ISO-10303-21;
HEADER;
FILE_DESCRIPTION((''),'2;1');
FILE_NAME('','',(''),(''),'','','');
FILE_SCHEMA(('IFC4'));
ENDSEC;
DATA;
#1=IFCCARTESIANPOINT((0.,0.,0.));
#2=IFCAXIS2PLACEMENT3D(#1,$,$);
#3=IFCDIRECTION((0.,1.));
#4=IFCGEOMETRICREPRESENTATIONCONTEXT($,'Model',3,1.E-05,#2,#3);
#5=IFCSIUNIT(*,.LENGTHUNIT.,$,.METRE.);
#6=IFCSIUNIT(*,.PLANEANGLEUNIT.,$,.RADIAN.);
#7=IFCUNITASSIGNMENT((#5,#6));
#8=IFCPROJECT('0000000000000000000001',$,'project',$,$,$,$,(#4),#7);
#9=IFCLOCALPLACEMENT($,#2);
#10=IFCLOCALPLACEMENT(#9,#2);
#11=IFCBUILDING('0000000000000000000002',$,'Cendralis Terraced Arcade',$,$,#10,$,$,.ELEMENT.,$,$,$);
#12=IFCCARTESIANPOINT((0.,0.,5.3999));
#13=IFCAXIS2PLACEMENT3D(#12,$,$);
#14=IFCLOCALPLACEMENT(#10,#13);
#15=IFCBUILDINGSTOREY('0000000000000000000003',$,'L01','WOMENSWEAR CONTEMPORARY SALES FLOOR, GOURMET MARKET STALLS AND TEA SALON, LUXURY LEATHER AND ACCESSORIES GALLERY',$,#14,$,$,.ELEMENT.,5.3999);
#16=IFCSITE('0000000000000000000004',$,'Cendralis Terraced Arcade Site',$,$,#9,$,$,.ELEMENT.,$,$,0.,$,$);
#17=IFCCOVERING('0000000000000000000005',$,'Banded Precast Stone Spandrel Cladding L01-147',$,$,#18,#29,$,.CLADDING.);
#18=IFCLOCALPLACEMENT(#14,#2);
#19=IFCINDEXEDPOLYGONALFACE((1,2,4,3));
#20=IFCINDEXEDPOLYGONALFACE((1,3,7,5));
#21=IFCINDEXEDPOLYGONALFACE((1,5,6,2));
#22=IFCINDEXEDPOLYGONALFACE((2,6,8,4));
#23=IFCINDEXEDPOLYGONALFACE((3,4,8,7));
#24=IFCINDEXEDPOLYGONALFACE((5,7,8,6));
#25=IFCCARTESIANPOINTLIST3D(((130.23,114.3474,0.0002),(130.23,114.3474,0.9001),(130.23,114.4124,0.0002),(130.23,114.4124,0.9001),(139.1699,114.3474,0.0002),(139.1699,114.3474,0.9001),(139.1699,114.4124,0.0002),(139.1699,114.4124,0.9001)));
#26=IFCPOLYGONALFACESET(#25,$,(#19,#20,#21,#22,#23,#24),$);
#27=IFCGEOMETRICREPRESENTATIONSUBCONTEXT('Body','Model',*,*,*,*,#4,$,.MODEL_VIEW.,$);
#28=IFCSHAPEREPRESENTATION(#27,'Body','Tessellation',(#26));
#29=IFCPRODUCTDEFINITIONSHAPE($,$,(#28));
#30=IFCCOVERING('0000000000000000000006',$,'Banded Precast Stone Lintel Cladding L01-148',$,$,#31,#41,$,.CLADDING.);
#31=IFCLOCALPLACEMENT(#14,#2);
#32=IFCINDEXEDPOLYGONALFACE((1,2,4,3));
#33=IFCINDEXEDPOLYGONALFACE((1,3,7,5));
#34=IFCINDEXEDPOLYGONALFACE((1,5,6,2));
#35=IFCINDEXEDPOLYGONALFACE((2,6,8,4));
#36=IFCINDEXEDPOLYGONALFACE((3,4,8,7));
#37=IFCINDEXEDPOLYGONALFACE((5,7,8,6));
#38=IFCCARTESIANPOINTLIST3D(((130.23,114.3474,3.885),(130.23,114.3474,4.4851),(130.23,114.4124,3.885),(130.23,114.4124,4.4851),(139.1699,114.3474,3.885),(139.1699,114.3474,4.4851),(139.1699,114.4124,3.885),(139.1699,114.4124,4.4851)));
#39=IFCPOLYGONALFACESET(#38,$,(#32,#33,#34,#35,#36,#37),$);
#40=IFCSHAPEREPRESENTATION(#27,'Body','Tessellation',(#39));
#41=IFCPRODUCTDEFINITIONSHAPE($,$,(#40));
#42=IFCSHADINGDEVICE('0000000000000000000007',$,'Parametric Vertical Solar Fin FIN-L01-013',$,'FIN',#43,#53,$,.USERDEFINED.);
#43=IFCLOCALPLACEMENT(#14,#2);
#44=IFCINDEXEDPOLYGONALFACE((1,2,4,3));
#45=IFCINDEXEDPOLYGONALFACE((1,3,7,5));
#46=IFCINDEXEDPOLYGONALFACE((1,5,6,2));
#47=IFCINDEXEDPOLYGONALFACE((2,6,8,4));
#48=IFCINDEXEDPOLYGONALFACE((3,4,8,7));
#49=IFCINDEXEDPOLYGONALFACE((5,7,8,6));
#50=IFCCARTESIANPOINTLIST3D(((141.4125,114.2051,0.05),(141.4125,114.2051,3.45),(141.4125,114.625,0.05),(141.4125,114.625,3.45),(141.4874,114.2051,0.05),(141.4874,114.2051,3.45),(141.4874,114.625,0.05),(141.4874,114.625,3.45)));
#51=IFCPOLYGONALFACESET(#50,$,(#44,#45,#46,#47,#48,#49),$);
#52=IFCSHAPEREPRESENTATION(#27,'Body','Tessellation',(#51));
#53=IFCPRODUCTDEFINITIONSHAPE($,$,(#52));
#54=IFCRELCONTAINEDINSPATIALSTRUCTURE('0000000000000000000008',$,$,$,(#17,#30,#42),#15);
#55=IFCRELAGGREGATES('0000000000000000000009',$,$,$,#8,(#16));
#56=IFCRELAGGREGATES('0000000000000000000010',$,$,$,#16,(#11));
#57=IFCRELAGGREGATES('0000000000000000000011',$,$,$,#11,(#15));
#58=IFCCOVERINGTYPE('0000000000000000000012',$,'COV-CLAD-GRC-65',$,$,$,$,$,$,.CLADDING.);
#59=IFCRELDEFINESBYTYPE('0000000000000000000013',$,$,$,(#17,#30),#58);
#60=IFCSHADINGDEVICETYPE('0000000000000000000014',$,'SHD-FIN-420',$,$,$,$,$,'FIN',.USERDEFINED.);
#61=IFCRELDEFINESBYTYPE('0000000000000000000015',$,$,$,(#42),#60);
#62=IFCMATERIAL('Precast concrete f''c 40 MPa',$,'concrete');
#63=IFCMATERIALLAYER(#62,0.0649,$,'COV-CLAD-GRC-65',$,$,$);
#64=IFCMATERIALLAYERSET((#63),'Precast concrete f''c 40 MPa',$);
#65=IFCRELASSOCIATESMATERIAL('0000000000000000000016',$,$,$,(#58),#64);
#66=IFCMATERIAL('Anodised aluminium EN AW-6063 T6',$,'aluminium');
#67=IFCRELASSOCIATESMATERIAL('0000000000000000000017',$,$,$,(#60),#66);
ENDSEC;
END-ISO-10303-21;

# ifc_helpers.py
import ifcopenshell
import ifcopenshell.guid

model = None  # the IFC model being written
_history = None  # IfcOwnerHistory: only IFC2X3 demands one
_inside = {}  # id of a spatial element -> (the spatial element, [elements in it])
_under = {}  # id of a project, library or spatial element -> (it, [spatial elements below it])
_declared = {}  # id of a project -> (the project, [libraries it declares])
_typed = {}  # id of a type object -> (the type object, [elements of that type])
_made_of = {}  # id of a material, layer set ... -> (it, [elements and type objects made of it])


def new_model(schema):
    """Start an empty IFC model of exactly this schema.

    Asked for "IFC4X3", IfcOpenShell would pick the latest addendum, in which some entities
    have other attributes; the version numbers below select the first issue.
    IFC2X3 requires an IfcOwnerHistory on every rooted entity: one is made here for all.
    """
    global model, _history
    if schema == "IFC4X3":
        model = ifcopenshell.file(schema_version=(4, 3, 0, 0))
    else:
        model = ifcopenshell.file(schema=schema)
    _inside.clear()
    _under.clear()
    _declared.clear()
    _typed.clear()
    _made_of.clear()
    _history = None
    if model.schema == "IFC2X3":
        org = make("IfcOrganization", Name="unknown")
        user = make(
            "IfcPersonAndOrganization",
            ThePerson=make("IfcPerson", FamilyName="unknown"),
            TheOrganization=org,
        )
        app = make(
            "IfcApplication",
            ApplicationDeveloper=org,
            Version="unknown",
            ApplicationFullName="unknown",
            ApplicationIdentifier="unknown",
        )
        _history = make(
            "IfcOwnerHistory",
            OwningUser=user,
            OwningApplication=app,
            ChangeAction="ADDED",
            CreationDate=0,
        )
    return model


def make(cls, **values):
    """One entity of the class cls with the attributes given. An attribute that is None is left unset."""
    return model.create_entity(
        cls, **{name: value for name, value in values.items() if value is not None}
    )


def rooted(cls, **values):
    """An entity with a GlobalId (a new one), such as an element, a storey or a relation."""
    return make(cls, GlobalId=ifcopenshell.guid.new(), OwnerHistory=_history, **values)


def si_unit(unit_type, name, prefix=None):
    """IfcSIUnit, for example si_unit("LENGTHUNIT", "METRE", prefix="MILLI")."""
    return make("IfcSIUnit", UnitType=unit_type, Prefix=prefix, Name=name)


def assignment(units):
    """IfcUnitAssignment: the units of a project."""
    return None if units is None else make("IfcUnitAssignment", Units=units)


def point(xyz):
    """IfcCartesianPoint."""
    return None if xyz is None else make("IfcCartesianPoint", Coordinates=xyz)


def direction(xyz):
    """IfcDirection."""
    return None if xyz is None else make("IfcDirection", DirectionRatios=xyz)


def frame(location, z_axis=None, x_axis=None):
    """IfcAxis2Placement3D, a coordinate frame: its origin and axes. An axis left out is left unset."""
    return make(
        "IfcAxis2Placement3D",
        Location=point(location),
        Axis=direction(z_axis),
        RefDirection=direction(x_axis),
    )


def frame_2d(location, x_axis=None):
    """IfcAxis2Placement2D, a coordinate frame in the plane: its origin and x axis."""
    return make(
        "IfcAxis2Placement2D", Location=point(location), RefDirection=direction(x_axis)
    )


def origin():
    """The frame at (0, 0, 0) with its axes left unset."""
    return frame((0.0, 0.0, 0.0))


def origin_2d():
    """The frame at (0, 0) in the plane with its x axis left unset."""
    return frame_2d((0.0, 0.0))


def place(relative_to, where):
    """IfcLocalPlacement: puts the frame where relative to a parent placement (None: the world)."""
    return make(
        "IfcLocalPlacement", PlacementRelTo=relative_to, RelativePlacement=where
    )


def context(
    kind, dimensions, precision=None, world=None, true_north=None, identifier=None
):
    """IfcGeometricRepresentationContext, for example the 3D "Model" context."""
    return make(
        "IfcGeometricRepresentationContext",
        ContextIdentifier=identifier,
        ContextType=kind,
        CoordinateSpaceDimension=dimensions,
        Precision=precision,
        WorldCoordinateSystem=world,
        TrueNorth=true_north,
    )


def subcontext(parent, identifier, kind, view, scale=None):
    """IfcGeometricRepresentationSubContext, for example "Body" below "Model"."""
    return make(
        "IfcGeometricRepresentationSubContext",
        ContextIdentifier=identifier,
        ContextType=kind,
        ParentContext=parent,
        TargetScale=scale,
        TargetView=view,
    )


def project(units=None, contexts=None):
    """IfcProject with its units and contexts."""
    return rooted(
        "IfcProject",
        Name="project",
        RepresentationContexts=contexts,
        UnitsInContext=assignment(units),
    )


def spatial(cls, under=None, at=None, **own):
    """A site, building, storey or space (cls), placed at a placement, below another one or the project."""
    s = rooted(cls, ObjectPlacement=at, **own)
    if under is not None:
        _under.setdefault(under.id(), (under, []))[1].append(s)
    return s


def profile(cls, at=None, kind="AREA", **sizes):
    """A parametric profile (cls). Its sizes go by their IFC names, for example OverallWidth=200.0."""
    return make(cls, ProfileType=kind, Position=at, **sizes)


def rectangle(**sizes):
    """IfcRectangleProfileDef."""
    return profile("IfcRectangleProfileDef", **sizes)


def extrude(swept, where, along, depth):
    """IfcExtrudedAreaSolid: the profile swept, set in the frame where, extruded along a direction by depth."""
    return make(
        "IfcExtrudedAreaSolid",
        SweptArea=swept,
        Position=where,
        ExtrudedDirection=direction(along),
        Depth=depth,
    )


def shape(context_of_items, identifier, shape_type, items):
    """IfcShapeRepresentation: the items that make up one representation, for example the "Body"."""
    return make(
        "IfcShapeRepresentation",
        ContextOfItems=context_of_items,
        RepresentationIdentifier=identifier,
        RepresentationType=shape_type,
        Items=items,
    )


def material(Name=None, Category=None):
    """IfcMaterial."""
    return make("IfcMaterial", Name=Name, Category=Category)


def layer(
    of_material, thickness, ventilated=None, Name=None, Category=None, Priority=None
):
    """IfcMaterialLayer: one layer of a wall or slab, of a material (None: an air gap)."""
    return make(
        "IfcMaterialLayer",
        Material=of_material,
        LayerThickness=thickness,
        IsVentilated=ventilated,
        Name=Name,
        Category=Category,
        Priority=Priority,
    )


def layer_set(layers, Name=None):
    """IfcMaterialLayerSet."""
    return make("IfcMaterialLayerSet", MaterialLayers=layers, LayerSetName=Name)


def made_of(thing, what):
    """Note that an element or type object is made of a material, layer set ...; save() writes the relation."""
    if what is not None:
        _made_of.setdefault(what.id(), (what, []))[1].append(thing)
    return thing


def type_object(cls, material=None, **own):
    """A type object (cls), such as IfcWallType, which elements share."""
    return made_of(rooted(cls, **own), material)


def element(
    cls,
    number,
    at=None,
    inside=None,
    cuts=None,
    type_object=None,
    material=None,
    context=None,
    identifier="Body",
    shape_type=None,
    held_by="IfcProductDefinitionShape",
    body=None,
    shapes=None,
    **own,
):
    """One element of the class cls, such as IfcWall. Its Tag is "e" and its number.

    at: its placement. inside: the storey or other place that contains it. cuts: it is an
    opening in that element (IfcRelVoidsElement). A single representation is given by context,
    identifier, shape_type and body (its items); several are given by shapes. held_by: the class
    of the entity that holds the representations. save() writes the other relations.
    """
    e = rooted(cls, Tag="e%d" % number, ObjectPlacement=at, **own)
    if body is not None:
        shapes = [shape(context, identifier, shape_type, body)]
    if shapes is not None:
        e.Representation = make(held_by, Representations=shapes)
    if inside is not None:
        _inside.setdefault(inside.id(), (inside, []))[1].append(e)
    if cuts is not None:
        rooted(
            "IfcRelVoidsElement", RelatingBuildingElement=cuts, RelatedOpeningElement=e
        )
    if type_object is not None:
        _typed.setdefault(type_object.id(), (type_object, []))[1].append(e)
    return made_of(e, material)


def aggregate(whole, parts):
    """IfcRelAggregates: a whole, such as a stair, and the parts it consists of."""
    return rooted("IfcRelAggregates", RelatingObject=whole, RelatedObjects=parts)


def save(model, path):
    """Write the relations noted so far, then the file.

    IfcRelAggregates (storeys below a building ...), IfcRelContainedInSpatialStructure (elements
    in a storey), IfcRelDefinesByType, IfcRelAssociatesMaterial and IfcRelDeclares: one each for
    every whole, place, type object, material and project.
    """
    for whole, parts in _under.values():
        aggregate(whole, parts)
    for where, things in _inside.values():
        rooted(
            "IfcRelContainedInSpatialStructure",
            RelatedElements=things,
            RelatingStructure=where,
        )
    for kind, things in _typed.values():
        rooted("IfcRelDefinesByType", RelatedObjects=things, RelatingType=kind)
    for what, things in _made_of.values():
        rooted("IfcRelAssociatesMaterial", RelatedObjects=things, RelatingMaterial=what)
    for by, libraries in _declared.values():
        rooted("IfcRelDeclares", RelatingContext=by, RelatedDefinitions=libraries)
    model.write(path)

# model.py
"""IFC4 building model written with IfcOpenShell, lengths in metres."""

from ifc_helpers import new_model, si_unit, direction, frame, origin, origin_2d, place, context, subcontext, project, spatial, rectangle, extrude, material, layer, layer_set, type_object, element, save


model = new_model("IFC4")

# Units and contexts
model_context = context("Model", 3, precision=1e-05, world=origin(), true_north=direction((0.0, 1.0)))
body_context = subcontext(model_context, "Body", "Model", "MODEL_VIEW")
ifc_project = project(units=[si_unit("LENGTHUNIT", "METRE"), si_unit("PLANEANGLEUNIT", "RADIAN")], contexts=[model_context])

# Site, building, storey
site_placement = place(None, origin())
site = spatial("IfcSite", under=ifc_project, at=site_placement, Name="Cendralis Terraced Arcade Site", CompositionType="ELEMENT", RefElevation=0.0)
building_placement = place(site_placement, origin())
building = spatial("IfcBuilding", under=site, at=building_placement, Name="Cendralis Terraced Arcade", CompositionType="ELEMENT")
storey_placement = place(building_placement, frame((0.0, 0.0, 5.3999)))
storey = spatial("IfcBuildingStorey", under=building, at=storey_placement, Name="L01", Description="WOMENSWEAR CONTEMPORARY SALES FLOOR, GOURMET MARKET STALLS AND TEA SALON, LUXURY LEATHER AND ACCESSORIES GALLERY", CompositionType="ELEMENT", Elevation=5.3999)

# Shared definitions
ifc_material_1 = material(Name="Anodised aluminium EN AW-6063 T6", Category="aluminium")

# Coverings
ifc_material_2 = material(Name="Precast concrete f'c 40 MPa", Category="concrete")
ifc_layer_1 = layer(ifc_material_2, 0.0649, Name="COV-CLAD-GRC-65")
ifc_layer_set_1 = layer_set([ifc_layer_1], Name="Precast concrete f'c 40 MPa")
covering_type = type_object("IfcCoveringType", Name="COV-CLAD-GRC-65", PredefinedType="CLADDING", material=ifc_layer_set_1)
covering_1_placement = place(storey_placement, frame((134.7, 114.3799, 0.0002), z_axis=(0.0, 0.0, 1.0), x_axis=(1.0, 0.0, 0.0)))
element("IfcCovering", 1, at=covering_1_placement, inside=storey, type_object=covering_type, Name="Banded Precast Stone Spandrel Cladding L01-147", PredefinedType="CLADDING", context=body_context, shape_type="SweptSolid", body=[
    extrude(rectangle(XDim=8.9399, YDim=0.0649, at=origin_2d()), origin(), (0.0, 0.0, 1.0), 0.8999),
])
covering_2_placement = place(storey_placement, frame((134.7, 114.3799, 3.885), z_axis=(0.0, 0.0, 1.0), x_axis=(1.0, 0.0, 0.0)))
element("IfcCovering", 2, at=covering_2_placement, inside=storey, type_object=covering_type, Name="Banded Precast Stone Lintel Cladding L01-148", PredefinedType="CLADDING", context=body_context, shape_type="SweptSolid", body=[
    extrude(rectangle(XDim=8.9399, YDim=0.0649, at=origin_2d()), origin(), (0.0, 0.0, 1.0), 0.6001),
])

# Shading device
shading_device_type = type_object("IfcShadingDeviceType", Name="SHD-FIN-420", ElementType="FIN", PredefinedType="USERDEFINED", material=ifc_material_1)
shading_device_placement = place(storey_placement, frame((141.45, 114.415, 0.05), z_axis=(0.0, 0.0, 1.0), x_axis=(1.0, 0.0, 0.0)))
element("IfcShadingDevice", 3, at=shading_device_placement, inside=storey, type_object=shading_device_type, Name="Parametric Vertical Solar Fin FIN-L01-013", ObjectType="FIN", PredefinedType="USERDEFINED", context=body_context, shape_type="SweptSolid", body=[
    extrude(rectangle(XDim=0.075, YDim=0.4199, at=origin_2d()), origin(), (0.0, 0.0, 1.0), 3.3999),
])

save(model, "model.ifc")
